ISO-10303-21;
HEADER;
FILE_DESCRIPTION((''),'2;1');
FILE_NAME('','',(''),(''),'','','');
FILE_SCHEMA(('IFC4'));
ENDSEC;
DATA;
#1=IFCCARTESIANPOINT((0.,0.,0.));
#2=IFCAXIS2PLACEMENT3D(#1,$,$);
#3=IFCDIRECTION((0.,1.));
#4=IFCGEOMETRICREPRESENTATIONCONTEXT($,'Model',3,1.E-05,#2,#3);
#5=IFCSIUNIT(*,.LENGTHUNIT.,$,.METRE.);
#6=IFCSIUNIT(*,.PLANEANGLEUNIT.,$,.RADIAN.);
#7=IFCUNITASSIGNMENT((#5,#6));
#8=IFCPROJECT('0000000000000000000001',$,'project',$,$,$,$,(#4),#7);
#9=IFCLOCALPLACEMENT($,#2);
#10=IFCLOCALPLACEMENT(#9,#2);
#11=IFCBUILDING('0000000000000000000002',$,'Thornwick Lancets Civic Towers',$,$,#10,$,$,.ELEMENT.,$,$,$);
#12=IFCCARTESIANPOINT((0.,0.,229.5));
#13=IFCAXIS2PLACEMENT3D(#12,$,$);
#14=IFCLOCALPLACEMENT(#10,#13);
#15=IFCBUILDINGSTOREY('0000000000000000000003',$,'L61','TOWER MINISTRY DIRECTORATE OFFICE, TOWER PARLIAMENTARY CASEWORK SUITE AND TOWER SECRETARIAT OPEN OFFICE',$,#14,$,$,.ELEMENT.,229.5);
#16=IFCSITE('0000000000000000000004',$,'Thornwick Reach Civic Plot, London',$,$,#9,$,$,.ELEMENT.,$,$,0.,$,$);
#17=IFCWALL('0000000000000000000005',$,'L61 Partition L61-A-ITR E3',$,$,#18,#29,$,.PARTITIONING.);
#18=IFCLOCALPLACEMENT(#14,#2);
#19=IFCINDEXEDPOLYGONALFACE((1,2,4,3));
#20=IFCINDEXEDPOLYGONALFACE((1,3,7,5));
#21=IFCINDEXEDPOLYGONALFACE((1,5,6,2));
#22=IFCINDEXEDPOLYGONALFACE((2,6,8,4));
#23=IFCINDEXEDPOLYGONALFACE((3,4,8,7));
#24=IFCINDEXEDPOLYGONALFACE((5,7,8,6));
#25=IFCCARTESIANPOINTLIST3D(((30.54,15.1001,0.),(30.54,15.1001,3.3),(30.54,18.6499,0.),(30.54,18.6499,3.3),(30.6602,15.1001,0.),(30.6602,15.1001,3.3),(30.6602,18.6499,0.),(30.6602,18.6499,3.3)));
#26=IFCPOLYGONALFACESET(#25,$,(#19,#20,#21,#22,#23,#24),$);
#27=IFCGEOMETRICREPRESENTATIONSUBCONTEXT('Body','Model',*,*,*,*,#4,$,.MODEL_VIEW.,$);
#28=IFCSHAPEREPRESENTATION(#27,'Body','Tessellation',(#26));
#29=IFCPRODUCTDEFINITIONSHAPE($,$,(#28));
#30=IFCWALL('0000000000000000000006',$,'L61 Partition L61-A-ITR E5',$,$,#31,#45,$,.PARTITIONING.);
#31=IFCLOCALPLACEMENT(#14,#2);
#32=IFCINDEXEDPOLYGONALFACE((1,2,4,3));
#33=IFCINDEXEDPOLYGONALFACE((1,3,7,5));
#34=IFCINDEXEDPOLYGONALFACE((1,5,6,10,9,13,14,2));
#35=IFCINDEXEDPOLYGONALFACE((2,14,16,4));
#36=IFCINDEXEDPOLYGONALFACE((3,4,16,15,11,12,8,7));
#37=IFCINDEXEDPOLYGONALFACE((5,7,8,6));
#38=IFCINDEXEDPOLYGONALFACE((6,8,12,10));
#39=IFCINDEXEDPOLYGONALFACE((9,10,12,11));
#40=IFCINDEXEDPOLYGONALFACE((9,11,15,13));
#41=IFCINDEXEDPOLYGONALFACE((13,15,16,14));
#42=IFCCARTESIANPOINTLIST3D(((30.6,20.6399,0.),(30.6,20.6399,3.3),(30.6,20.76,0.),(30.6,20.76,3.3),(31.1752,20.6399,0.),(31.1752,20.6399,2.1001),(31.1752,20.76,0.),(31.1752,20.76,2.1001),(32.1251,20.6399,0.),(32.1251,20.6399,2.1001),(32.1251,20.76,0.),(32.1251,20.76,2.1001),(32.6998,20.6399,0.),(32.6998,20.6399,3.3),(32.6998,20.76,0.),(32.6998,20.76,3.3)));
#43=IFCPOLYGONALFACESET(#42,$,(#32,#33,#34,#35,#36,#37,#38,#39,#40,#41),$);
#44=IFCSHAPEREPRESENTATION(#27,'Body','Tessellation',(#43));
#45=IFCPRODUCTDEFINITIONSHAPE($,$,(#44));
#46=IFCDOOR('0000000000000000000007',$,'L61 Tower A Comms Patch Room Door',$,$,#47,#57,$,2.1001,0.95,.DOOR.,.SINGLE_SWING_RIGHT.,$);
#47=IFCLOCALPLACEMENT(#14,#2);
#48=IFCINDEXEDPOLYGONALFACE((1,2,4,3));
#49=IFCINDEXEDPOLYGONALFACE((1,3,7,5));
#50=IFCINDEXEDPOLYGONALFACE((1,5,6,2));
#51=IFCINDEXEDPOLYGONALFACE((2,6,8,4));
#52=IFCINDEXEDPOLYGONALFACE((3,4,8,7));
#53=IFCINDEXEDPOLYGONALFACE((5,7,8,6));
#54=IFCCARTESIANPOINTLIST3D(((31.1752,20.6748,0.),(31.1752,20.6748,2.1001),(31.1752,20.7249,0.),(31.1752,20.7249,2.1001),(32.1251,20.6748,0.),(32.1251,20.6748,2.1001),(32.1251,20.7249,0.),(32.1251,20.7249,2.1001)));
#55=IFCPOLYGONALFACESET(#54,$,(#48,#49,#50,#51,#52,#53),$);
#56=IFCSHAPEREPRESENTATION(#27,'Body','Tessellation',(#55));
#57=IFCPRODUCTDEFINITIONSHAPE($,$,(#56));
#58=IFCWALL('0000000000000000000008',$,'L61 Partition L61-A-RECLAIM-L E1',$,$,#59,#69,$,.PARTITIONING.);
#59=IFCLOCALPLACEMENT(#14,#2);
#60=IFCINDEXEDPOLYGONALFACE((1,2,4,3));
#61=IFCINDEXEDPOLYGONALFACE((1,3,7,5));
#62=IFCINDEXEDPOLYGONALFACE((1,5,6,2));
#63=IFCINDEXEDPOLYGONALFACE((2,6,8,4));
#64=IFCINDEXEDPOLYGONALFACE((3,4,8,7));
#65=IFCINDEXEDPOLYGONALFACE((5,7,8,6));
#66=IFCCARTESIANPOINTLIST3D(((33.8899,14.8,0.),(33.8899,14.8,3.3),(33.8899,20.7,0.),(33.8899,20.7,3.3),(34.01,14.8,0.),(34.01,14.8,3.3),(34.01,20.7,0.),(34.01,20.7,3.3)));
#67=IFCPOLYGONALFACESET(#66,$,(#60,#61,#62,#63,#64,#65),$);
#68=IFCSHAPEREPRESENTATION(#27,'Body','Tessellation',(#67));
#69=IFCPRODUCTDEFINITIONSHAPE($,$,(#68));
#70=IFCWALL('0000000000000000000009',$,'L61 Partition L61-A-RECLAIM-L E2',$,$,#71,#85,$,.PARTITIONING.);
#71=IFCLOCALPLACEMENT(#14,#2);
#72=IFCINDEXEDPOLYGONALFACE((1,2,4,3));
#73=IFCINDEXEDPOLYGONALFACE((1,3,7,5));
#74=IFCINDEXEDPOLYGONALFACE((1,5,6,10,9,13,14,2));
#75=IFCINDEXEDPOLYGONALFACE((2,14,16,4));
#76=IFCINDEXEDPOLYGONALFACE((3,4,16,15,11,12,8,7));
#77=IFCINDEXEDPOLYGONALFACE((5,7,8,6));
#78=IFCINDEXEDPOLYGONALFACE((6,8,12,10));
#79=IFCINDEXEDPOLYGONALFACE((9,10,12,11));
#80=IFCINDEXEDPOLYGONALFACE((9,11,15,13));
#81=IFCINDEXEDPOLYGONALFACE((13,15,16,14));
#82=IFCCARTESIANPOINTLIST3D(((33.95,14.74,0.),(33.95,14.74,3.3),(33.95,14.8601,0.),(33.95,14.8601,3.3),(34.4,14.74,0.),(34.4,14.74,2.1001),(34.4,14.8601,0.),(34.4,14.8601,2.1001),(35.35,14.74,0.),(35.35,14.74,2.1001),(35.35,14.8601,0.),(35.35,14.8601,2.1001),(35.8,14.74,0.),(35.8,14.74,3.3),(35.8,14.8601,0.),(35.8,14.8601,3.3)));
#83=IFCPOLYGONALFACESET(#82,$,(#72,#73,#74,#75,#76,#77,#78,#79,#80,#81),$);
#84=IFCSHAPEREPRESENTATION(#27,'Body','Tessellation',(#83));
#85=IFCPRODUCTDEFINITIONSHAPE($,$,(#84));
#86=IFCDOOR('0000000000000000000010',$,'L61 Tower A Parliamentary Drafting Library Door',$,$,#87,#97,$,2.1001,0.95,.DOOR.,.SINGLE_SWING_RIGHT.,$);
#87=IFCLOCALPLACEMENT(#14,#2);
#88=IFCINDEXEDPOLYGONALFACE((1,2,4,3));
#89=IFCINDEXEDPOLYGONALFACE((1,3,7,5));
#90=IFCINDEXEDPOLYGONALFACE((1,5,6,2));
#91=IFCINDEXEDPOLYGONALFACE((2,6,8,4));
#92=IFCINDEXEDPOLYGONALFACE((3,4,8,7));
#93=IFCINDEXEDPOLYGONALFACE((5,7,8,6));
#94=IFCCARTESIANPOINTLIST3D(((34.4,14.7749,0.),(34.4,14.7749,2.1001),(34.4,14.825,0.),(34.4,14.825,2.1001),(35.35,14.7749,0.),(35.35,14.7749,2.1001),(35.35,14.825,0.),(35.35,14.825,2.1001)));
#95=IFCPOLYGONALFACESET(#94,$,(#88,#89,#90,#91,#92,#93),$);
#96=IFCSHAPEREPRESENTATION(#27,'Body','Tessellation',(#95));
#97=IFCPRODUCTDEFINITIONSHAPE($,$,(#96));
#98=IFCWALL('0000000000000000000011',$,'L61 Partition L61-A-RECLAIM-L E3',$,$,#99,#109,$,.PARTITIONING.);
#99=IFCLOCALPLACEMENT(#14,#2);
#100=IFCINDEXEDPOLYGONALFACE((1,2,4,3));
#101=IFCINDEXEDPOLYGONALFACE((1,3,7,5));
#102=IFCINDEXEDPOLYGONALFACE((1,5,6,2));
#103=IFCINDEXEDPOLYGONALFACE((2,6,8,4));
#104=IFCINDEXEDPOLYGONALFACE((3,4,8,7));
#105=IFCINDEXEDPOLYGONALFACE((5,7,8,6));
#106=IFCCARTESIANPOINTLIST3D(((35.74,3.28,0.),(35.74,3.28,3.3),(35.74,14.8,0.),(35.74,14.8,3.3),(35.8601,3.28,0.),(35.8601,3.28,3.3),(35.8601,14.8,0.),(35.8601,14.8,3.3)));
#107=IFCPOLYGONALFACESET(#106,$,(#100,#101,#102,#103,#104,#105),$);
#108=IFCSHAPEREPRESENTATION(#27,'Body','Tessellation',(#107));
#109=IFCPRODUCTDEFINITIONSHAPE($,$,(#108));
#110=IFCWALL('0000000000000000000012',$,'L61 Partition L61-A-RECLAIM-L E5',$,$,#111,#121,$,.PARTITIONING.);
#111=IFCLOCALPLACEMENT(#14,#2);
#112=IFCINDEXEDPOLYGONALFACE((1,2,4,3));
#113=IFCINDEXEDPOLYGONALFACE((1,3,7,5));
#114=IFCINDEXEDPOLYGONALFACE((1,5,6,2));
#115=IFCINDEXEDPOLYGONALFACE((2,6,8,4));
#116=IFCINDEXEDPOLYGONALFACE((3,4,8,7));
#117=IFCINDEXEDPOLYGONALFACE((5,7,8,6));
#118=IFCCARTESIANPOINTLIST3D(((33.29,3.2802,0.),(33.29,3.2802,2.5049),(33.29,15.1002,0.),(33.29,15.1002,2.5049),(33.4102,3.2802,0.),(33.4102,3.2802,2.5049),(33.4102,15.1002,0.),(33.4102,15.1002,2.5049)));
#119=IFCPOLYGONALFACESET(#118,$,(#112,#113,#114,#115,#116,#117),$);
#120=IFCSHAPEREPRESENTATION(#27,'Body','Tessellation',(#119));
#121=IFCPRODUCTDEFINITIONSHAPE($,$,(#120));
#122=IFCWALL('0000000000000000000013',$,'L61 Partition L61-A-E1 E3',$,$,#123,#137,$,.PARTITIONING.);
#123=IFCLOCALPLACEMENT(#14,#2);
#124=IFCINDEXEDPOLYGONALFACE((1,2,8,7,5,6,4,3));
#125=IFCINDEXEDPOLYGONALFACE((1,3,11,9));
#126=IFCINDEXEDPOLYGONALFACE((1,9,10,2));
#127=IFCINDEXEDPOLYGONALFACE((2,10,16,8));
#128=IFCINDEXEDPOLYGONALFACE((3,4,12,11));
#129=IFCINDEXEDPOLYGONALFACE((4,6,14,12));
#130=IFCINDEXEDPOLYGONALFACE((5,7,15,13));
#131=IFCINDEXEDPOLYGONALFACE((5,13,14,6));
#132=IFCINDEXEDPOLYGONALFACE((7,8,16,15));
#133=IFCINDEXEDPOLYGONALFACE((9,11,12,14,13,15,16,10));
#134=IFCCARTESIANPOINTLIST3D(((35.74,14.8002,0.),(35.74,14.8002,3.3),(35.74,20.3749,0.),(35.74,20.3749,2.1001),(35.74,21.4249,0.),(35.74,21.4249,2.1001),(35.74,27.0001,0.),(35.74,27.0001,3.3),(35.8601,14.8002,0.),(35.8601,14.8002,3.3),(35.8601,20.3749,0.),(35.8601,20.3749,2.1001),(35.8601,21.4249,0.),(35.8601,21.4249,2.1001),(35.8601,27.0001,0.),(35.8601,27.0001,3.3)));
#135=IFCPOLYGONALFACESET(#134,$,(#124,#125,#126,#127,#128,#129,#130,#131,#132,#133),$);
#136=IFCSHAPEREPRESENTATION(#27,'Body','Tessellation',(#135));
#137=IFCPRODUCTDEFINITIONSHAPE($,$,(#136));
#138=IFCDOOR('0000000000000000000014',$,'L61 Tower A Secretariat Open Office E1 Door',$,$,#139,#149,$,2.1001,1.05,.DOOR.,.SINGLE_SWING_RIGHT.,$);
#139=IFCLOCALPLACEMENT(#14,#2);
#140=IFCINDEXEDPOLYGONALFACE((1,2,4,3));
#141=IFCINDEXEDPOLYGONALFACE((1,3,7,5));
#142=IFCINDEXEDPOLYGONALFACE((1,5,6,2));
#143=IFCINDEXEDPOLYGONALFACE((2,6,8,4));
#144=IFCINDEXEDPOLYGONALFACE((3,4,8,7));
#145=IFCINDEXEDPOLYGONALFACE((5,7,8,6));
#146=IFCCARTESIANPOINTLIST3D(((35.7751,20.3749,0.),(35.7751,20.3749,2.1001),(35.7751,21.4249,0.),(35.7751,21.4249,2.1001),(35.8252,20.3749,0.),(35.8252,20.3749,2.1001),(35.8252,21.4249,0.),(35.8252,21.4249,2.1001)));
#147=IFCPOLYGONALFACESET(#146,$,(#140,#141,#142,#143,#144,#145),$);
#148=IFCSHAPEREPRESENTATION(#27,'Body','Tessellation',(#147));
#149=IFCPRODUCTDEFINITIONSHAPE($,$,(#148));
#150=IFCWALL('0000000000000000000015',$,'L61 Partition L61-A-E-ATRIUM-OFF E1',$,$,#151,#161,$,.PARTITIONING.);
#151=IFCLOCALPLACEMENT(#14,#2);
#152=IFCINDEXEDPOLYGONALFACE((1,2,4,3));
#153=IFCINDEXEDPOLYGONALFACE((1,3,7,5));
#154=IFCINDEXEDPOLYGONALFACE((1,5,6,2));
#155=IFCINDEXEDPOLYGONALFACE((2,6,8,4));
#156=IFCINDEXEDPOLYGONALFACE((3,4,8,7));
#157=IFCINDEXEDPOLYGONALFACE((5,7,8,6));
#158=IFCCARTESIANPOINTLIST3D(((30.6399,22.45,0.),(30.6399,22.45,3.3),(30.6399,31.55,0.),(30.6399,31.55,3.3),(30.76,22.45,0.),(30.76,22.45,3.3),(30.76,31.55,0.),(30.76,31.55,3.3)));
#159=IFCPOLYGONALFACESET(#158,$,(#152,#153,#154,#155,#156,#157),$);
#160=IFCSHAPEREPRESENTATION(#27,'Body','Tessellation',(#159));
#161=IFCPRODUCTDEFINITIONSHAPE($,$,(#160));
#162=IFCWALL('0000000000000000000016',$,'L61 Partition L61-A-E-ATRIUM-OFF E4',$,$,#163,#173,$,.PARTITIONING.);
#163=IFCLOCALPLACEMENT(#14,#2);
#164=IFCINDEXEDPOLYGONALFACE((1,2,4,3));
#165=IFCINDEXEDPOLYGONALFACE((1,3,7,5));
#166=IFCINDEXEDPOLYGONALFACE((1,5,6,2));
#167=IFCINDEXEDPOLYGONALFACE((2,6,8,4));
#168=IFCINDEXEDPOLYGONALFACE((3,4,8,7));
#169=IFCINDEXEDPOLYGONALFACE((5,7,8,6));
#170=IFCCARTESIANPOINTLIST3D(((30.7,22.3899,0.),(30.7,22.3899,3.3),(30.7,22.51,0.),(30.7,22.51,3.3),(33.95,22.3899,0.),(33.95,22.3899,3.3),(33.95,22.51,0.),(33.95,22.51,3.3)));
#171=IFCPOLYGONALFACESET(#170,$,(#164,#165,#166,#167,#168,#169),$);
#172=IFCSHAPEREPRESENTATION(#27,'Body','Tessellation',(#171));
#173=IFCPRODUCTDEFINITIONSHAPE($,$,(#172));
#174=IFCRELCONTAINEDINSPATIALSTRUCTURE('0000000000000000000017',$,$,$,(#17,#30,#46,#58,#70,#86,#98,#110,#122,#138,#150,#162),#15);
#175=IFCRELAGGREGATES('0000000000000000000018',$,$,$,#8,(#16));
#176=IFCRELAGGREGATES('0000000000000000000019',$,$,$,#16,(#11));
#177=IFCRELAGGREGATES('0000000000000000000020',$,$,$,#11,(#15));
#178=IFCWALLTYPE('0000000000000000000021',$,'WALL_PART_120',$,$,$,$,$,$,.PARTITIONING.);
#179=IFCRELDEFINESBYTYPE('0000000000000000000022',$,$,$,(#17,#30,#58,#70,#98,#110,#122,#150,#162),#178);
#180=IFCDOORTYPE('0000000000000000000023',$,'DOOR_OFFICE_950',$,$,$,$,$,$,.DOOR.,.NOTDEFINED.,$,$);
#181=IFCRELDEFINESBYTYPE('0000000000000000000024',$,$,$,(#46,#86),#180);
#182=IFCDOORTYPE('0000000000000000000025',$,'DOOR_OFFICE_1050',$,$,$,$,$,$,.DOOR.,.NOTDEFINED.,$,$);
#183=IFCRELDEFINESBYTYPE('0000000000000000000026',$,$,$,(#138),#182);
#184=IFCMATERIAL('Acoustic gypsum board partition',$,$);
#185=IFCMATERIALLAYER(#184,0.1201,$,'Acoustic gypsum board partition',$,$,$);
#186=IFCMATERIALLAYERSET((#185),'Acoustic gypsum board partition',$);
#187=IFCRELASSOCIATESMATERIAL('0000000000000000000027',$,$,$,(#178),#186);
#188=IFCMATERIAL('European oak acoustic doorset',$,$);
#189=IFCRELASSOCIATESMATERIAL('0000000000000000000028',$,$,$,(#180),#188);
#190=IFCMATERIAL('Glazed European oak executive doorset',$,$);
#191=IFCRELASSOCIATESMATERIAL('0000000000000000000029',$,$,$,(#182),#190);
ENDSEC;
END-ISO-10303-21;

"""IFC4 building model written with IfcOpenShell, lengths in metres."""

from ifc_helpers import new_model, si_unit, direction, frame, frame_2d, origin, place, context, subcontext, project, spatial, rectangle, extrude, material, layer, layer_set, type_object, element, fill, save


model = new_model("IFC4")

# Units and contexts
model_context = context("Model", 3, precision=1e-05, world=origin(), true_north=direction((0.0, 1.0)))
body_context = subcontext(model_context, "Body", "Model", "MODEL_VIEW")
ifc_project = project(units=[si_unit("LENGTHUNIT", "METRE"), si_unit("PLANEANGLEUNIT", "RADIAN")], contexts=[model_context])

# Site, building, storey
site_placement = place(None, origin())
site = spatial("IfcSite", under=ifc_project, at=site_placement, Name="Thornwick Reach Civic Plot, London", CompositionType="ELEMENT", RefElevation=0.0)
building_placement = place(site_placement, origin())
building = spatial("IfcBuilding", under=site, at=building_placement, Name="Thornwick Lancets Civic Towers", CompositionType="ELEMENT")
storey_placement = place(building_placement, frame((0.0, 0.0, 229.5)))
storey = spatial("IfcBuildingStorey", under=building, at=storey_placement, Name="L61", Description="TOWER MINISTRY DIRECTORATE OFFICE, TOWER PARLIAMENTARY CASEWORK SUITE AND TOWER SECRETARIAT OPEN OFFICE", CompositionType="ELEMENT", Elevation=229.5)

# Wall
ifc_material_1 = material(Name="Acoustic gypsum board partition")
ifc_layer_1 = layer(ifc_material_1, 0.1201, Name="Acoustic gypsum board partition")
ifc_layer_set_1 = layer_set([ifc_layer_1], Name="Acoustic gypsum board partition")
wall_type_1 = type_object("IfcWallType", Name="WALL_PART_120", PredefinedType="PARTITIONING", material=ifc_layer_set_1)
wall_1_placement = place(storey_placement, frame((30.6001, 15.1001, 0.0), z_axis=(0.0, 0.0, 1.0), x_axis=(0.0, 1.0, 0.0)))
element("IfcWall", 1, at=wall_1_placement, inside=storey, type_object=wall_type_1, Name="L61 Partition L61-A-ITR E3", PredefinedType="PARTITIONING", context=body_context, shape_type="SweptSolid", body=[
    extrude(rectangle(XDim=3.5498, YDim=0.1201, at=frame_2d((1.7749, 0.0))), origin(), (0.0, 0.0, 1.0), 3.3),
])

# Wall, opening, door
wall_2_placement = place(storey_placement, frame((30.6001, 20.7, 0.0), z_axis=(0.0, 0.0, 1.0), x_axis=(1.0, 0.0, 0.0)))
wall_2 = element("IfcWall", 2, at=wall_2_placement, inside=storey, type_object=wall_type_1, Name="L61 Partition L61-A-ITR E5", PredefinedType="PARTITIONING", context=body_context, shape_type="SweptSolid", body=[
    extrude(rectangle(XDim=2.0999, YDim=0.1201, at=frame_2d((1.0498, 0.0))), origin(), (0.0, 0.0, 1.0), 3.3),
])
opening_1_placement = place(wall_2_placement, frame((0.575, 0.0, 0.0)))
opening_1 = element("IfcOpeningElement", 3, at=opening_1_placement, cuts=wall_2, PredefinedType="OPENING", context=body_context, shape_type="SweptSolid", body=[
    extrude(rectangle(XDim=0.95, YDim=2.1001, at=frame_2d((0.4751, 1.05))), frame((0.0, 0.0701, 0.0), z_axis=(0.0, -1.0, 0.0), x_axis=(1.0, 0.0, 0.0)), (0.0, 0.0, 1.0), 0.1401),
])
ifc_material_2 = material(Name="European oak acoustic doorset")
door_type_1 = type_object("IfcDoorType", Name="DOOR_OFFICE_950", OperationType="NOTDEFINED", PredefinedType="DOOR", material=ifc_material_2)
door_1_placement = place(opening_1_placement, origin())
door_1 = element("IfcDoor", 4, at=door_1_placement, inside=storey, type_object=door_type_1, Name="L61 Tower A Comms Patch Room Door", OperationType="SINGLE_SWING_RIGHT", OverallHeight=2.1001, OverallWidth=0.95, PredefinedType="DOOR", context=body_context, shape_type="SweptSolid", body=[
    extrude(rectangle(XDim=0.95, YDim=2.1001, at=frame_2d((0.4751, 1.05))), frame((0.0, 0.0249, 0.0), z_axis=(0.0, -1.0, 0.0), x_axis=(1.0, 0.0, 0.0)), (0.0, 0.0, 1.0), 0.05),
])
fill(opening_1, door_1)

# Wall
wall_3_placement = place(storey_placement, frame((33.95, 20.7, 0.0), z_axis=(0.0, 0.0, 1.0), x_axis=(0.0, -1.0, 0.0)))
element("IfcWall", 5, at=wall_3_placement, inside=storey, type_object=wall_type_1, Name="L61 Partition L61-A-RECLAIM-L E1", PredefinedType="PARTITIONING", context=body_context, shape_type="SweptSolid", body=[
    extrude(rectangle(XDim=5.8999, YDim=0.1201, at=frame_2d((2.95, 0.0))), origin(), (0.0, 0.0, 1.0), 3.3),
])

# Wall, opening, door
wall_4_placement = place(storey_placement, frame((33.95, 14.8, 0.0), z_axis=(0.0, 0.0, 1.0), x_axis=(1.0, 0.0, 0.0)))
wall_4 = element("IfcWall", 6, at=wall_4_placement, inside=storey, type_object=wall_type_1, Name="L61 Partition L61-A-RECLAIM-L E2", PredefinedType="PARTITIONING", context=body_context, shape_type="SweptSolid", body=[
    extrude(rectangle(XDim=1.8501, YDim=0.1201, at=frame_2d((0.925, 0.0))), origin(), (0.0, 0.0, 1.0), 3.3),
])
opening_2_placement = place(wall_4_placement, frame((0.45, 0.0, 0.0)))
opening_2 = element("IfcOpeningElement", 7, at=opening_2_placement, cuts=wall_4, PredefinedType="OPENING", context=body_context, shape_type="SweptSolid", body=[
    extrude(rectangle(XDim=0.95, YDim=2.1001, at=frame_2d((0.4751, 1.05))), frame((0.0, 0.0701, 0.0), z_axis=(0.0, -1.0, 0.0), x_axis=(1.0, 0.0, 0.0)), (0.0, 0.0, 1.0), 0.1401),
])
door_2_placement = place(opening_2_placement, origin())
door_2 = element("IfcDoor", 8, at=door_2_placement, inside=storey, type_object=door_type_1, Name="L61 Tower A Parliamentary Drafting Library Door", OperationType="SINGLE_SWING_RIGHT", OverallHeight=2.1001, OverallWidth=0.95, PredefinedType="DOOR", context=body_context, shape_type="SweptSolid", body=[
    extrude(rectangle(XDim=0.95, YDim=2.1001, at=frame_2d((0.4751, 1.05))), frame((0.0, 0.0249, 0.0), z_axis=(0.0, -1.0, 0.0), x_axis=(1.0, 0.0, 0.0)), (0.0, 0.0, 1.0), 0.05),
])
fill(opening_2, door_2)

# Walls
wall_5_placement = place(storey_placement, frame((35.8, 14.8, 0.0), z_axis=(0.0, 0.0, 1.0), x_axis=(0.0, -1.0, 0.0)))
element("IfcWall", 9, at=wall_5_placement, inside=storey, type_object=wall_type_1, Name="L61 Partition L61-A-RECLAIM-L E3", PredefinedType="PARTITIONING", context=body_context, shape_type="SweptSolid", body=[
    extrude(rectangle(XDim=11.52, YDim=0.1201, at=frame_2d((5.76, 0.0))), origin(), (0.0, 0.0, 1.0), 3.3),
])
wall_6_placement = place(storey_placement, frame((33.3501, 3.28, 0.0), z_axis=(0.0, 0.0, 1.0), x_axis=(0.0, 1.0, 0.0)))
element("IfcWall", 10, at=wall_6_placement, inside=storey, type_object=wall_type_1, Name="L61 Partition L61-A-RECLAIM-L E5", PredefinedType="PARTITIONING", context=body_context, shape_type="SweptSolid", body=[
    extrude(rectangle(XDim=11.8201, YDim=0.1201, at=frame_2d((5.9102, 0.0))), origin(), (0.0, 0.0, 1.0), 2.5049),
])

# Wall, opening, door
wall_7_placement = place(storey_placement, frame((35.8, 14.8, 0.0), z_axis=(0.0, 0.0, 1.0), x_axis=(0.0, 1.0, 0.0)))
wall_7 = element("IfcWall", 11, at=wall_7_placement, inside=storey, type_object=wall_type_1, Name="L61 Partition L61-A-E1 E3", PredefinedType="PARTITIONING", context=body_context, shape_type="SweptSolid", body=[
    extrude(rectangle(XDim=12.2, YDim=0.1201, at=frame_2d((6.1001, 0.0))), origin(), (0.0, 0.0, 1.0), 3.3),
])
opening_3_placement = place(wall_7_placement, frame((5.575, 0.0, 0.0)))
opening_3 = element("IfcOpeningElement", 12, at=opening_3_placement, cuts=wall_7, PredefinedType="OPENING", context=body_context, shape_type="SweptSolid", body=[
    extrude(rectangle(XDim=1.05, YDim=2.1001, at=frame_2d((0.5249, 1.05))), frame((0.0, 0.0701, 0.0), z_axis=(0.0, -1.0, 0.0), x_axis=(1.0, 0.0, 0.0)), (0.0, 0.0, 1.0), 0.1401),
])
ifc_material_3 = material(Name="Glazed European oak executive doorset")
door_type_2 = type_object("IfcDoorType", Name="DOOR_OFFICE_1050", OperationType="NOTDEFINED", PredefinedType="DOOR", material=ifc_material_3)
door_3_placement = place(opening_3_placement, origin())
door_3 = element("IfcDoor", 13, at=door_3_placement, inside=storey, type_object=door_type_2, Name="L61 Tower A Secretariat Open Office E1 Door", OperationType="SINGLE_SWING_RIGHT", OverallHeight=2.1001, OverallWidth=1.05, PredefinedType="DOOR", context=body_context, shape_type="SweptSolid", body=[
    extrude(rectangle(XDim=1.05, YDim=2.1001, at=frame_2d((0.5249, 1.05))), frame((0.0, 0.0249, 0.0), z_axis=(0.0, -1.0, 0.0), x_axis=(1.0, 0.0, 0.0)), (0.0, 0.0, 1.0), 0.05),
])
fill(opening_3, door_3)

# Walls
wall_8_placement = place(storey_placement, frame((30.7, 22.45, 0.0), z_axis=(0.0, 0.0, 1.0), x_axis=(0.0, 1.0, 0.0)))
element("IfcWall", 14, at=wall_8_placement, inside=storey, type_object=wall_type_1, Name="L61 Partition L61-A-E-ATRIUM-OFF E1", PredefinedType="PARTITIONING", context=body_context, shape_type="SweptSolid", body=[
    extrude(rectangle(XDim=9.1001, YDim=0.1201, at=frame_2d((4.55, 0.0))), origin(), (0.0, 0.0, 1.0), 3.3),
])
wall_9_placement = place(storey_placement, frame((33.95, 22.45, 0.0), z_axis=(0.0, 0.0, 1.0), x_axis=(-1.0, 0.0, 0.0)))
element("IfcWall", 15, at=wall_9_placement, inside=storey, type_object=wall_type_1, Name="L61 Partition L61-A-E-ATRIUM-OFF E4", PredefinedType="PARTITIONING", context=body_context, shape_type="SweptSolid", body=[
    extrude(rectangle(XDim=3.25, YDim=0.1201, at=frame_2d((1.625, 0.0))), origin(), (0.0, 0.0, 1.0), 3.3),
])

save(model, "model.ifc")
